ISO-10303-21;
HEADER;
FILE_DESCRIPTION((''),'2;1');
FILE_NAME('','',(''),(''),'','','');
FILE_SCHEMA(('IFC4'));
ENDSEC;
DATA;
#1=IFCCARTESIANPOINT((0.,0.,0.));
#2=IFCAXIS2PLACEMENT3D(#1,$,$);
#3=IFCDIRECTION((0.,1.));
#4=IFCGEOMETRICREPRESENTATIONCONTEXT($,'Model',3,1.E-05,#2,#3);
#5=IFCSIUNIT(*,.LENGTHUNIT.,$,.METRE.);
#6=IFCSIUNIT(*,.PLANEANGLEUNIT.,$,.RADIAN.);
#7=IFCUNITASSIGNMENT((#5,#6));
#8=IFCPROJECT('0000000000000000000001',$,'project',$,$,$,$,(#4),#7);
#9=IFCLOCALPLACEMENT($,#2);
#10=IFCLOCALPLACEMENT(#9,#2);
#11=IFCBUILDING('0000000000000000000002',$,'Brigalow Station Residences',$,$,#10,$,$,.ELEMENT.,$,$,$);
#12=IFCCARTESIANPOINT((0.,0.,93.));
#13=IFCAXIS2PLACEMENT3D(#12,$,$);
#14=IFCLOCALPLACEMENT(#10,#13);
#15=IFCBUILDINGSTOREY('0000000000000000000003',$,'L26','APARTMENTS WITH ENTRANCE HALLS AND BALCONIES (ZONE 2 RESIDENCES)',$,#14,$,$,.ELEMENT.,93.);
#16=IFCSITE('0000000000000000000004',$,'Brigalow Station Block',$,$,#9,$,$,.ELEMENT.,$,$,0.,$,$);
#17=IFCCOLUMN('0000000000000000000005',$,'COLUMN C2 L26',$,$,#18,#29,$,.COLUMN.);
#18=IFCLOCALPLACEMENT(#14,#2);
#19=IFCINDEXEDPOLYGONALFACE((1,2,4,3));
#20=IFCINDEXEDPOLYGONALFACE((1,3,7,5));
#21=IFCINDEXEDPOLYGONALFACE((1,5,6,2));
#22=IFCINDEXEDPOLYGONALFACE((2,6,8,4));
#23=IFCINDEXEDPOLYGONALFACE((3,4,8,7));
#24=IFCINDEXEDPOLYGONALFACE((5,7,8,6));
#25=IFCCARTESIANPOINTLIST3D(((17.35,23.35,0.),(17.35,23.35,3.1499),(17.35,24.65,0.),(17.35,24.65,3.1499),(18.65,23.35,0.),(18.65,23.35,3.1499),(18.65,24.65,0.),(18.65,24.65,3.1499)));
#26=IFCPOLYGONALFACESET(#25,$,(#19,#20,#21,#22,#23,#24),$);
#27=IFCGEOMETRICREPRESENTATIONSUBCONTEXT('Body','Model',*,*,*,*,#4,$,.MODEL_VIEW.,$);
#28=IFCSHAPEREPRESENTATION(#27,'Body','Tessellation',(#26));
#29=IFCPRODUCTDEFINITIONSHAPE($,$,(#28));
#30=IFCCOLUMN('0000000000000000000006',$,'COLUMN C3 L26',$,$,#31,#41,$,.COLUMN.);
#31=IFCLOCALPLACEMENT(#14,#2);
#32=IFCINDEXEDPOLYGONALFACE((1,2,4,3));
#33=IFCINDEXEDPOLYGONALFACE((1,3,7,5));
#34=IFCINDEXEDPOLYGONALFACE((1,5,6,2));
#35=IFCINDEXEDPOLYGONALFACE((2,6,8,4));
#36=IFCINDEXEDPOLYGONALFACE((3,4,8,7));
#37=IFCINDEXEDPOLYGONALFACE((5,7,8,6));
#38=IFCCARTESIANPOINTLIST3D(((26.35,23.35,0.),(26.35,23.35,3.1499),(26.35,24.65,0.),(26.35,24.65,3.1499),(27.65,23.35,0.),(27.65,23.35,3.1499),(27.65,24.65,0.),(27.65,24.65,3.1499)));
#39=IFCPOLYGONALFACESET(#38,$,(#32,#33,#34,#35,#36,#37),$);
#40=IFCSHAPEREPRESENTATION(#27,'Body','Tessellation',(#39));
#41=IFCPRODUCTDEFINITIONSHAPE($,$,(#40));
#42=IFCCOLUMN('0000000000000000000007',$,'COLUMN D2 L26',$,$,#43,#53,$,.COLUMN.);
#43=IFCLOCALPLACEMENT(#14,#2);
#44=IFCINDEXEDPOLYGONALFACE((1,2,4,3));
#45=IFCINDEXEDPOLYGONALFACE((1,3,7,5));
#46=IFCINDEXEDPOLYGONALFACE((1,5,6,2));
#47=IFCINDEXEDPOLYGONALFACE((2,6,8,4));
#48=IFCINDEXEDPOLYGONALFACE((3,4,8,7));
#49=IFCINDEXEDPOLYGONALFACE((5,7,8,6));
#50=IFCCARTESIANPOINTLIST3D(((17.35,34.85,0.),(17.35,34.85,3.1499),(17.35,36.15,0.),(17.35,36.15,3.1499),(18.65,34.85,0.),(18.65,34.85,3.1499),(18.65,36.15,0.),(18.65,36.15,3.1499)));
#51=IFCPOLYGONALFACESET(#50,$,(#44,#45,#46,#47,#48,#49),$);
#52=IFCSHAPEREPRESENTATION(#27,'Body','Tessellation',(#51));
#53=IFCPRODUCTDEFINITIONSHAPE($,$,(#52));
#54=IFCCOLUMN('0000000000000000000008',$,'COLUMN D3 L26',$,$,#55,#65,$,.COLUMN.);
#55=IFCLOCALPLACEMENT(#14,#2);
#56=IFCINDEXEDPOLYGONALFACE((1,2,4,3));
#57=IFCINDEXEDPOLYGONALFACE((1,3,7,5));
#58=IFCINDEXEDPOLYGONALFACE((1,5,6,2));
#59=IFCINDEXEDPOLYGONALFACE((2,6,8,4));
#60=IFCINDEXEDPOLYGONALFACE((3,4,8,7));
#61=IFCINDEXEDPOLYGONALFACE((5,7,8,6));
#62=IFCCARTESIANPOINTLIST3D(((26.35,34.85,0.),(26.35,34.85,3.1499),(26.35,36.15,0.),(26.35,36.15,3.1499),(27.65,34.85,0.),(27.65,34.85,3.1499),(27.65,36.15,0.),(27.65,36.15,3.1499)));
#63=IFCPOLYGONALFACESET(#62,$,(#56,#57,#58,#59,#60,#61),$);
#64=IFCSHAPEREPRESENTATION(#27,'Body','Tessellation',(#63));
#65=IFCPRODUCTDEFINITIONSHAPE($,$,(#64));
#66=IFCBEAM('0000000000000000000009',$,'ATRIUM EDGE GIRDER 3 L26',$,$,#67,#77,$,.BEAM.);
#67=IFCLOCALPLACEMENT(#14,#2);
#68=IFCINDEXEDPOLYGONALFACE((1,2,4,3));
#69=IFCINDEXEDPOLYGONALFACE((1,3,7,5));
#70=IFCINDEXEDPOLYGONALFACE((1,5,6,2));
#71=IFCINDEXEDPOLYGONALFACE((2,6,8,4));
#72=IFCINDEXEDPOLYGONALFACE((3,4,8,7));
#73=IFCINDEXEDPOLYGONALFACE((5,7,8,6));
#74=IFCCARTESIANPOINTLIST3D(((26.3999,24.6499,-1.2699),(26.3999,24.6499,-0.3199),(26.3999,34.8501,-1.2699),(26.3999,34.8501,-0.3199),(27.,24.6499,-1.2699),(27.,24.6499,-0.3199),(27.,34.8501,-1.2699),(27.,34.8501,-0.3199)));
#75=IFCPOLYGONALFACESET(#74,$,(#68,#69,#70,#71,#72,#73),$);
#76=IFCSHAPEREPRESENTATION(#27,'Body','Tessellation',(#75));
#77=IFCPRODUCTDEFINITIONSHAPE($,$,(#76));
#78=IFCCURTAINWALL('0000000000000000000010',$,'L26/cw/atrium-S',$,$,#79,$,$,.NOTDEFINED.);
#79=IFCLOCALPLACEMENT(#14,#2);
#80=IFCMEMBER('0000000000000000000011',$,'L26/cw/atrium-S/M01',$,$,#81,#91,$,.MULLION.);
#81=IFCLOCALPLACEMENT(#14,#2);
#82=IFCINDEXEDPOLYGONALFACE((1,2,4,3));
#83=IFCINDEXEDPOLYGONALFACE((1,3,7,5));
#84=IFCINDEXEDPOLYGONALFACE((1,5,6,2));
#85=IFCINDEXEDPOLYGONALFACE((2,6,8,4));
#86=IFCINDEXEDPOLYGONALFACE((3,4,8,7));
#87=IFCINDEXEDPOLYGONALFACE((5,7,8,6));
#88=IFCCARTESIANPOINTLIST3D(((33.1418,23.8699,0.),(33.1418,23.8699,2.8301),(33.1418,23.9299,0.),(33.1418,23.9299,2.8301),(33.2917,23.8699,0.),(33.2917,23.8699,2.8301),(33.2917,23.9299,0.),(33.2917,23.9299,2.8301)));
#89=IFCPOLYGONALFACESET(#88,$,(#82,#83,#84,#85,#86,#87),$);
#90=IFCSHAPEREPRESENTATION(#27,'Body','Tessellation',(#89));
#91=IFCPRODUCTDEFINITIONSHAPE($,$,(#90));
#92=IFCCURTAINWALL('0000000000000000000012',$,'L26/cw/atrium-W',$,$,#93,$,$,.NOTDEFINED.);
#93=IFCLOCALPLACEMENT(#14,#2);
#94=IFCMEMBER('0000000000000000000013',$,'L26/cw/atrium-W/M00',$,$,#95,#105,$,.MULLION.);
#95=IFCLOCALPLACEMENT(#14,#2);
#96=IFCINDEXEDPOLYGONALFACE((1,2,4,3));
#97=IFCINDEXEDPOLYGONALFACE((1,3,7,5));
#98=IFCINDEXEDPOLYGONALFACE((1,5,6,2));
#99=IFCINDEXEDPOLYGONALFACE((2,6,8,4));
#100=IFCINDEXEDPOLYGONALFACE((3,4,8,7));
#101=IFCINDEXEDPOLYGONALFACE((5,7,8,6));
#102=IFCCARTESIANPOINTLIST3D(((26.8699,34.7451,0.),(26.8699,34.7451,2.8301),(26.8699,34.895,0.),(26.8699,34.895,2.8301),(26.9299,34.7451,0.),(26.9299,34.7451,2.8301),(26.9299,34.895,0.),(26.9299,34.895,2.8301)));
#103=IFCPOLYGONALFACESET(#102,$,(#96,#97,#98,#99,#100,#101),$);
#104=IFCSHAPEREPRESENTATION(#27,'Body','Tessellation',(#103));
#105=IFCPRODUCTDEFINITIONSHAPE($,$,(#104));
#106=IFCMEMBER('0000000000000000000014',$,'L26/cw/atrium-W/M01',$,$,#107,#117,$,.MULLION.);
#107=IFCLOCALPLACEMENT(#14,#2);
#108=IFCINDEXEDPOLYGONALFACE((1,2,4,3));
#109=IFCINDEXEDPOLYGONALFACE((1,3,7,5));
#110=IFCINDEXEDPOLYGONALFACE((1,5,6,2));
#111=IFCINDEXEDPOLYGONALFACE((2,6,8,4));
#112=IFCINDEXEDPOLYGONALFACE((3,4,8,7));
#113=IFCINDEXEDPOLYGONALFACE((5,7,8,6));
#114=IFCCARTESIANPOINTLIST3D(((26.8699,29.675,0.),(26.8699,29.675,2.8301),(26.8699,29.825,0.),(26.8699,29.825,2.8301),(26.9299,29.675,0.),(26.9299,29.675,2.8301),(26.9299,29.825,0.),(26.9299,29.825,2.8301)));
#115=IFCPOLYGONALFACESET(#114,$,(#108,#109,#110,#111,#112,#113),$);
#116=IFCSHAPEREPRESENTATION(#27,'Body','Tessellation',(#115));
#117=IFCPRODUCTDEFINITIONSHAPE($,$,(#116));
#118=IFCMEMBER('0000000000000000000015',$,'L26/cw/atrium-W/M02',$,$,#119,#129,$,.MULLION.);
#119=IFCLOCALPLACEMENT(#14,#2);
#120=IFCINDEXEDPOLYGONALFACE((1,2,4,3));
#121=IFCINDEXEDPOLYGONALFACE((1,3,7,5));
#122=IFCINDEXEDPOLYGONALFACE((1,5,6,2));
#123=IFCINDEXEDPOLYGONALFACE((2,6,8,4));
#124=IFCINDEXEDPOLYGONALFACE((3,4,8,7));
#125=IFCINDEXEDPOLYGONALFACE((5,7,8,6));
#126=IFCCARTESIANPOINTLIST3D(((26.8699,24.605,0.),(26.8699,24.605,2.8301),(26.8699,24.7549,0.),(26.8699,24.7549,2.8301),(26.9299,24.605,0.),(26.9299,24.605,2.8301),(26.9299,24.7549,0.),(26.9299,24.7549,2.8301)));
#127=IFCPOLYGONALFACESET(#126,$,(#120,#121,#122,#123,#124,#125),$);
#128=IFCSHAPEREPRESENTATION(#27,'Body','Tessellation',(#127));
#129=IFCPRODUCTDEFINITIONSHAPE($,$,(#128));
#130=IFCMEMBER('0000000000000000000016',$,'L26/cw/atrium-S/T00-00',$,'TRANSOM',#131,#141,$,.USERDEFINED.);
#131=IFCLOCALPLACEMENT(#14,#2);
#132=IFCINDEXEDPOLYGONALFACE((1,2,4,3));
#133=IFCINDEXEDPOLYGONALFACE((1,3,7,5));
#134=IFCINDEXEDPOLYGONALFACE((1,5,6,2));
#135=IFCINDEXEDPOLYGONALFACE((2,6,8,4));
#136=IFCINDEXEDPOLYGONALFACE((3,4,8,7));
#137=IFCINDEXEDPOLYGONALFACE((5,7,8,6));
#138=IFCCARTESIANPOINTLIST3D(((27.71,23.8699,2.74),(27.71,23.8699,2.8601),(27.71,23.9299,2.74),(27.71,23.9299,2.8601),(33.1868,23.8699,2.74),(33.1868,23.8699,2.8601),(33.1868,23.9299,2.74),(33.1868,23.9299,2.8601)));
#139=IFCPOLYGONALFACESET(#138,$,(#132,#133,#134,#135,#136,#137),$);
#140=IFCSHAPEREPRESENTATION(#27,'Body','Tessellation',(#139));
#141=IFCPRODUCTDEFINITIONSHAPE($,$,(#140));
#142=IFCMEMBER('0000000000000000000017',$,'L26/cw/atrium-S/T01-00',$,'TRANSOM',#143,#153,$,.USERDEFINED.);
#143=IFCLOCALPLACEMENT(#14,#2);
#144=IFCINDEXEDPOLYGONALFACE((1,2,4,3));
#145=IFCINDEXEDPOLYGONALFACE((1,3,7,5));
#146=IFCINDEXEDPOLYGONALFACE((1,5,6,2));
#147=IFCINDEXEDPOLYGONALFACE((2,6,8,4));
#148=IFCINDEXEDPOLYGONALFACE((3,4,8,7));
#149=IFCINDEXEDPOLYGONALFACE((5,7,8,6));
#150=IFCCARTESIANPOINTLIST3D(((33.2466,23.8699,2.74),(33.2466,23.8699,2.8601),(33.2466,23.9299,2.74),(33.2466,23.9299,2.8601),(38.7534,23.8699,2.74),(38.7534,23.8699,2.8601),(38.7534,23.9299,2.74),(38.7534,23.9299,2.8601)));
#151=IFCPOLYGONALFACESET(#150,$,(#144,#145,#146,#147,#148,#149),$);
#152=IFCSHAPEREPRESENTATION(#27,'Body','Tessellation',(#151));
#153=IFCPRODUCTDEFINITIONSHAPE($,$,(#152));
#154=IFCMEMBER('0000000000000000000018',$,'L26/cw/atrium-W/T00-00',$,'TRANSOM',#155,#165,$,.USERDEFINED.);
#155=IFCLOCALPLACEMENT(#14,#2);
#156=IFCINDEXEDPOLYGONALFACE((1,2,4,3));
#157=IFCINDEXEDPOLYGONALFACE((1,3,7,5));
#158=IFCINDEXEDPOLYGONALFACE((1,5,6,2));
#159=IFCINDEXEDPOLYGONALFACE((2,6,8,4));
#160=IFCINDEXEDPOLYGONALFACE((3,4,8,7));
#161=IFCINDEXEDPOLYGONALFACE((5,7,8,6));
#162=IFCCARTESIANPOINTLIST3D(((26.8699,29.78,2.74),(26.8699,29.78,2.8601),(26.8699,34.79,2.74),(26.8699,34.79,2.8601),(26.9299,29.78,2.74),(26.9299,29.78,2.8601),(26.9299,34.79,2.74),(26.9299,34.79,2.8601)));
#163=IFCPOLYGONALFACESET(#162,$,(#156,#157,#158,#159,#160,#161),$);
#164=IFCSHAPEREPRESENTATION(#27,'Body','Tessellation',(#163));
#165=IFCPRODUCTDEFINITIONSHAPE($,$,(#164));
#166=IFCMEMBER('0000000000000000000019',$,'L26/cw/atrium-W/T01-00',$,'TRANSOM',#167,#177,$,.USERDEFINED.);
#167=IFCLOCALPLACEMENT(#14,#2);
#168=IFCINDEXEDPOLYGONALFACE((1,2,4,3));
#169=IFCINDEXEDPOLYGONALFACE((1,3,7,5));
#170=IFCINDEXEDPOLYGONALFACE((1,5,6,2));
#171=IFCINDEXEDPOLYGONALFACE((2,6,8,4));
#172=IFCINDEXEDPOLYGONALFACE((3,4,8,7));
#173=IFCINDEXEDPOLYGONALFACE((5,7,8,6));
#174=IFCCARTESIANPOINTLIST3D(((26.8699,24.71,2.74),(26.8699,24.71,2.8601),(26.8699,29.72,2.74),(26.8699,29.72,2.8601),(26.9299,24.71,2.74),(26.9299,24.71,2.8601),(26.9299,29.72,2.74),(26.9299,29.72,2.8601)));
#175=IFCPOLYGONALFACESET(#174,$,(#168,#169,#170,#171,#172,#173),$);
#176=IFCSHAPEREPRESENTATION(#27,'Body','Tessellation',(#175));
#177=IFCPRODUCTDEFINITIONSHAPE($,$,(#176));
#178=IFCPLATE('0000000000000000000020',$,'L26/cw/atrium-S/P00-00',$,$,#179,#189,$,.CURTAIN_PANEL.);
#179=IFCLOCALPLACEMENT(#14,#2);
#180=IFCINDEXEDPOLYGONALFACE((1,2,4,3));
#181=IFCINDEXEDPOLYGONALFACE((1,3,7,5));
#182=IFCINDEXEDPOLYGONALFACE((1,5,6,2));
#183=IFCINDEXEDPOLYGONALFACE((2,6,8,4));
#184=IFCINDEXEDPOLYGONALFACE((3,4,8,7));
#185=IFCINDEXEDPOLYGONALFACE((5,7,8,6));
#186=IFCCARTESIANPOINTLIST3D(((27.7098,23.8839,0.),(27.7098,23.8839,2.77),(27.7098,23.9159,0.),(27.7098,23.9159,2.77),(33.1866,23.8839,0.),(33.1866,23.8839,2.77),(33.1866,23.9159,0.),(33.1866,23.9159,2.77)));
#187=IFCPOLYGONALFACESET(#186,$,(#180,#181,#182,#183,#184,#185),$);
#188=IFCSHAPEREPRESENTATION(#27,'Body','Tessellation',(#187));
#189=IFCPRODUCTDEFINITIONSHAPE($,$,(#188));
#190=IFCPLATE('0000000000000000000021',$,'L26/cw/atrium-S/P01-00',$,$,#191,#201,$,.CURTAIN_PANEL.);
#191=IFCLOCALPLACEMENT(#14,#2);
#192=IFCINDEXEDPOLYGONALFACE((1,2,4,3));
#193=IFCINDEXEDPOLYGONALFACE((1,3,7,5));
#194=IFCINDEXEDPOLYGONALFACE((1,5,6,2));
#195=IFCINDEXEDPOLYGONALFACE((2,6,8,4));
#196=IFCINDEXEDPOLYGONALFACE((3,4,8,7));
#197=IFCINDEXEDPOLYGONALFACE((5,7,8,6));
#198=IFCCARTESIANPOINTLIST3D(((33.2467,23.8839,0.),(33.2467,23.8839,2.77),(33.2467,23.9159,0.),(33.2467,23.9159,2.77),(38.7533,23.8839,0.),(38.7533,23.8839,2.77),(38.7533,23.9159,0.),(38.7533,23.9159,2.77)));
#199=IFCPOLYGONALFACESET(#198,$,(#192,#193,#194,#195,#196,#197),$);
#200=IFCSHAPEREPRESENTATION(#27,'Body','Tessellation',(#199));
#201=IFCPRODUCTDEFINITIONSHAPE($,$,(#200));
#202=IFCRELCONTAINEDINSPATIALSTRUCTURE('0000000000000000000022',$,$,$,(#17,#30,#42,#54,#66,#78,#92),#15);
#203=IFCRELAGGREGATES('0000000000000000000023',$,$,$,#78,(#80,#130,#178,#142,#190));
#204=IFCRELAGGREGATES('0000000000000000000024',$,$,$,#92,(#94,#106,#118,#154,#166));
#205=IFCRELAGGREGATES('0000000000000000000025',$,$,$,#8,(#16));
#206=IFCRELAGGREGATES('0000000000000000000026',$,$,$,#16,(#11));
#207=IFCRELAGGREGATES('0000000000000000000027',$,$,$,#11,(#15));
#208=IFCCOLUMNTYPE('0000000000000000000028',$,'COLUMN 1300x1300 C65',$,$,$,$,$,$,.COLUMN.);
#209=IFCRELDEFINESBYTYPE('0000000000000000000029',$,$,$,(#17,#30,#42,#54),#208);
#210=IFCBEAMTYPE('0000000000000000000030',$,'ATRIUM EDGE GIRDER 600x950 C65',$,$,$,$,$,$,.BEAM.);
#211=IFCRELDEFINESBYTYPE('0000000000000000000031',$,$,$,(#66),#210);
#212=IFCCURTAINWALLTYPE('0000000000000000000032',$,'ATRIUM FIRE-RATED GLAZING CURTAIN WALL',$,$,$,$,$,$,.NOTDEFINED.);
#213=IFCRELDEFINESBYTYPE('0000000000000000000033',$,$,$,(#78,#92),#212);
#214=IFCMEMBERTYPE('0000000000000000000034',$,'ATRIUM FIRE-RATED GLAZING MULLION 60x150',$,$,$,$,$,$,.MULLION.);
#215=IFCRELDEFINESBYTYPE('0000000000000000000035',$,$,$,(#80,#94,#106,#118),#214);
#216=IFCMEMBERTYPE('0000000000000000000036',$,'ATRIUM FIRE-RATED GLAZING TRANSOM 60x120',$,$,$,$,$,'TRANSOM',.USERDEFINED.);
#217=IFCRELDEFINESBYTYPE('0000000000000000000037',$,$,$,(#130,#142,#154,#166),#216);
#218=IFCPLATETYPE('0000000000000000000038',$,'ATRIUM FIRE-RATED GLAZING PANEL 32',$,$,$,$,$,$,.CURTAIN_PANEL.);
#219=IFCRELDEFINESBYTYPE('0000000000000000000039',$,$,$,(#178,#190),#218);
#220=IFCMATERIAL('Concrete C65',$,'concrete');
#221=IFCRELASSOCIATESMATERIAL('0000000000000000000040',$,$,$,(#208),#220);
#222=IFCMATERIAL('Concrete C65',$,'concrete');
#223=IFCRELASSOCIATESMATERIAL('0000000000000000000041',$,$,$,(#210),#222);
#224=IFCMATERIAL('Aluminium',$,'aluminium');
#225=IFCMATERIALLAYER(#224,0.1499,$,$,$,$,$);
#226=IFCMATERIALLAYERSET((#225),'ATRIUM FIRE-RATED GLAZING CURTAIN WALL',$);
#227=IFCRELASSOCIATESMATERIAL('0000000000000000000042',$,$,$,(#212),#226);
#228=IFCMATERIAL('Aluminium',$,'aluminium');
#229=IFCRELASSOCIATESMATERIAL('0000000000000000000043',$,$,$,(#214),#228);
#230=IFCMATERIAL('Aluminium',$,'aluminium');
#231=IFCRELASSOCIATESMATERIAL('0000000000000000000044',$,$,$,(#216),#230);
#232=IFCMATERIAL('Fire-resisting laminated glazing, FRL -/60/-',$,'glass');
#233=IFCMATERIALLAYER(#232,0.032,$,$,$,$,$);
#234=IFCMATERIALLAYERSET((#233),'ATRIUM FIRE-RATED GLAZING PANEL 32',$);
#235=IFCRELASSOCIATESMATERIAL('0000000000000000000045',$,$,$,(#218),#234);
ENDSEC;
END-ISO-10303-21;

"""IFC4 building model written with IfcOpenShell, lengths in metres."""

from ifc_helpers import new_model, si_unit, direction, frame, origin, origin_2d, place, context, subcontext, project, spatial, rectangle, extrude, material, layer, layer_set, material_profile, profile_set, type_object, element, aggregate, save


model = new_model("IFC4")

# Units and contexts
model_context = context("Model", 3, precision=1e-05, world=origin(), true_north=direction((0.0, 1.0)))
body_context = subcontext(model_context, "Body", "Model", "MODEL_VIEW")
ifc_project = project(units=[si_unit("LENGTHUNIT", "METRE"), si_unit("PLANEANGLEUNIT", "RADIAN")], contexts=[model_context])

# Site, building, storey
site_placement = place(None, origin())
site = spatial("IfcSite", under=ifc_project, at=site_placement, Name="Brigalow Station Block", CompositionType="ELEMENT", RefElevation=0.0)
building_placement = place(site_placement, origin())
building = spatial("IfcBuilding", under=site, at=building_placement, Name="Brigalow Station Residences", CompositionType="ELEMENT")
storey_placement = place(building_placement, frame((0.0, 0.0, 93.0)))
storey = spatial("IfcBuildingStorey", under=building, at=storey_placement, Name="L26", Description="APARTMENTS WITH ENTRANCE HALLS AND BALCONIES (ZONE 2 RESIDENCES)", CompositionType="ELEMENT", Elevation=93.0)

# Columns
ifc_material_1 = material(Name="Concrete C65", Category="concrete")
ifc_material_profile_1 = material_profile(ifc_material_1, rectangle(XDim=1.3, YDim=1.3, at=origin_2d()), Name="RC1300x1300")
ifc_profile_set_1 = profile_set([ifc_material_profile_1], Name="Concrete C65")
column_type = type_object("IfcColumnType", Name="COLUMN 1300x1300 C65", PredefinedType="COLUMN", material=ifc_profile_set_1)
for number, where, z_axis, x_axis, name in (
    (1, (18.0, 24.0, 0.0), (0.0, 0.0, 1.0), (1.0, 0.0, 0.0), "COLUMN C2 L26"),
    (2, (27.0, 24.0, 0.0), (0.0, 0.0, 1.0), (1.0, 0.0, 0.0), "COLUMN C3 L26"),
    (3, (18.0, 35.5, 0.0), (0.0, 0.0, 1.0), (1.0, 0.0, 0.0), "COLUMN D2 L26"),
    (4, (27.0, 35.5, 0.0), (0.0, 0.0, 1.0), (1.0, 0.0, 0.0), "COLUMN D3 L26"),
):
    element("IfcColumn", number, at=place(storey_placement, frame(where, z_axis=z_axis, x_axis=x_axis)), inside=storey, type_object=column_type, Name=name, PredefinedType="COLUMN", context=body_context, shape_type="SweptSolid", body=[
        extrude(rectangle(XDim=1.3, YDim=1.3, at=origin_2d()), origin(), (0.0, 0.0, 1.0), 3.1499),
    ])

# Beam
ifc_material_2 = material(Name="Concrete C65", Category="concrete")
ifc_material_profile_2 = material_profile(ifc_material_2, rectangle(XDim=0.6001, YDim=0.95, at=origin_2d()), Name="RC600x950")
ifc_profile_set_2 = profile_set([ifc_material_profile_2], Name="Concrete C65")
beam_type = type_object("IfcBeamType", Name="ATRIUM EDGE GIRDER 600x950 C65", PredefinedType="BEAM", material=ifc_profile_set_2)
beam_placement = place(storey_placement, frame((26.7, 24.6499, -0.7949), z_axis=(0.0, 1.0, 0.0), x_axis=(-1.0, 0.0, 0.0)))
element("IfcBeam", 5, at=beam_placement, inside=storey, type_object=beam_type, Name="ATRIUM EDGE GIRDER 3 L26", PredefinedType="BEAM", context=body_context, shape_type="SweptSolid", body=[
    extrude(rectangle(XDim=0.6001, YDim=0.95, at=origin_2d()), origin(), (0.0, 0.0, 1.0), 10.2002),
])

# Curtain wall, member
ifc_material_3 = material(Name="Aluminium", Category="aluminium")
ifc_layer_1 = layer(ifc_material_3, 0.1499)
ifc_layer_set_1 = layer_set([ifc_layer_1], Name="ATRIUM FIRE-RATED GLAZING CURTAIN WALL")
curtain_wall_type = type_object("IfcCurtainWallType", Name="ATRIUM FIRE-RATED GLAZING CURTAIN WALL", PredefinedType="NOTDEFINED", material=ifc_layer_set_1)
curtain_wall_1_placement = place(storey_placement, origin())
curtain_wall_1 = element("IfcCurtainWall", 6, at=curtain_wall_1_placement, inside=storey, type_object=curtain_wall_type, Name="L26/cw/atrium-S", PredefinedType="NOTDEFINED")
ifc_material_4 = material(Name="Aluminium", Category="aluminium")
ifc_material_profile_3 = material_profile(ifc_material_4, rectangle(XDim=0.0601, YDim=0.1499, at=origin_2d()), Name="ATRIUM FIRE-RATED GLAZING MULLION 60x150")
ifc_profile_set_3 = profile_set([ifc_material_profile_3], Name="Aluminium")
member_type_1 = type_object("IfcMemberType", Name="ATRIUM FIRE-RATED GLAZING MULLION 60x150", PredefinedType="MULLION", material=ifc_profile_set_3)
member_1_placement = place(storey_placement, frame((33.2168, 23.8999, 0.0), z_axis=(0.0, 0.0, 1.0), x_axis=(0.0, 1.0, 0.0)))
member_1 = element("IfcMember", 7, at=member_1_placement, type_object=member_type_1, Name="L26/cw/atrium-S/M01", PredefinedType="MULLION", context=body_context, shape_type="SweptSolid", body=[
    extrude(rectangle(XDim=0.0601, YDim=0.1499, at=origin_2d()), origin(), (0.0, 0.0, 1.0), 2.8301),
])

# Curtain wall, members
curtain_wall_2_placement = place(storey_placement, origin())
curtain_wall_2 = element("IfcCurtainWall", 8, at=curtain_wall_2_placement, inside=storey, type_object=curtain_wall_type, Name="L26/cw/atrium-W", PredefinedType="NOTDEFINED")
member_2_placement = place(storey_placement, frame((26.8999, 34.8201, 0.0), z_axis=(0.0, 0.0, 1.0), x_axis=(1.0, 0.0, 0.0)))
member_2 = element("IfcMember", 9, at=member_2_placement, type_object=member_type_1, Name="L26/cw/atrium-W/M00", PredefinedType="MULLION", context=body_context, shape_type="SweptSolid", body=[
    extrude(rectangle(XDim=0.0601, YDim=0.1499, at=origin_2d()), origin(), (0.0, 0.0, 1.0), 2.8301),
])
member_3_placement = place(storey_placement, frame((26.8999, 29.75, 0.0), z_axis=(0.0, 0.0, 1.0), x_axis=(1.0, 0.0, 0.0)))
member_3 = element("IfcMember", 10, at=member_3_placement, type_object=member_type_1, Name="L26/cw/atrium-W/M01", PredefinedType="MULLION", context=body_context, shape_type="SweptSolid", body=[
    extrude(rectangle(XDim=0.0601, YDim=0.1499, at=origin_2d()), origin(), (0.0, 0.0, 1.0), 2.8301),
])
member_4_placement = place(storey_placement, frame((26.8999, 24.6799, 0.0), z_axis=(0.0, 0.0, 1.0), x_axis=(1.0, 0.0, 0.0)))
member_4 = element("IfcMember", 11, at=member_4_placement, type_object=member_type_1, Name="L26/cw/atrium-W/M02", PredefinedType="MULLION", context=body_context, shape_type="SweptSolid", body=[
    extrude(rectangle(XDim=0.0601, YDim=0.1499, at=origin_2d()), origin(), (0.0, 0.0, 1.0), 2.8301),
])

# Members
ifc_material_5 = material(Name="Aluminium", Category="aluminium")
ifc_material_profile_4 = material_profile(ifc_material_5, rectangle(XDim=0.0601, YDim=0.1201, at=origin_2d()), Name="ATRIUM FIRE-RATED GLAZING TRANSOM 60x120")
ifc_profile_set_4 = profile_set([ifc_material_profile_4], Name="Aluminium")
member_type_2 = type_object("IfcMemberType", Name="ATRIUM FIRE-RATED GLAZING TRANSOM 60x120", ElementType="TRANSOM", PredefinedType="USERDEFINED", material=ifc_profile_set_4)
member_5_placement = place(storey_placement, frame((27.71, 23.8999, 2.8), z_axis=(1.0, 0.0, 0.0), x_axis=(0.0, 1.0, 0.0)))
member_5 = element("IfcMember", 12, at=member_5_placement, type_object=member_type_2, Name="L26/cw/atrium-S/T00-00", ObjectType="TRANSOM", PredefinedType="USERDEFINED", context=body_context, shape_type="SweptSolid", body=[
    extrude(rectangle(XDim=0.0601, YDim=0.1201, at=origin_2d()), origin(), (0.0, 0.0, 1.0), 5.4768),
])
member_6_placement = place(storey_placement, frame((33.2466, 23.8999, 2.8), z_axis=(1.0, 0.0, 0.0), x_axis=(0.0, 1.0, 0.0)))
member_6 = element("IfcMember", 13, at=member_6_placement, type_object=member_type_2, Name="L26/cw/atrium-S/T01-00", ObjectType="TRANSOM", PredefinedType="USERDEFINED", context=body_context, shape_type="SweptSolid", body=[
    extrude(rectangle(XDim=0.0601, YDim=0.1201, at=origin_2d()), origin(), (0.0, 0.0, 1.0), 5.5068),
])
member_7_placement = place(storey_placement, frame((26.8999, 34.79, 2.8), z_axis=(0.0, -1.0, 0.0), x_axis=(1.0, 0.0, 0.0)))
member_7 = element("IfcMember", 14, at=member_7_placement, type_object=member_type_2, Name="L26/cw/atrium-W/T00-00", ObjectType="TRANSOM", PredefinedType="USERDEFINED", context=body_context, shape_type="SweptSolid", body=[
    extrude(rectangle(XDim=0.0601, YDim=0.1201, at=origin_2d()), origin(), (0.0, 0.0, 1.0), 5.01),
])
member_8_placement = place(storey_placement, frame((26.8999, 29.72, 2.8), z_axis=(0.0, -1.0, 0.0), x_axis=(1.0, 0.0, 0.0)))
member_8 = element("IfcMember", 15, at=member_8_placement, type_object=member_type_2, Name="L26/cw/atrium-W/T01-00", ObjectType="TRANSOM", PredefinedType="USERDEFINED", context=body_context, shape_type="SweptSolid", body=[
    extrude(rectangle(XDim=0.0601, YDim=0.1201, at=origin_2d()), origin(), (0.0, 0.0, 1.0), 5.01),
])

# Plates
ifc_material_6 = material(Name="Fire-resisting laminated glazing, FRL -/60/-", Category="glass")
ifc_layer_2 = layer(ifc_material_6, 0.032)
ifc_layer_set_2 = layer_set([ifc_layer_2], Name="ATRIUM FIRE-RATED GLAZING PANEL 32")
plate_type = type_object("IfcPlateType", Name="ATRIUM FIRE-RATED GLAZING PANEL 32", PredefinedType="CURTAIN_PANEL", material=ifc_layer_set_2)
plate_1_placement = place(storey_placement, frame((30.4482, 23.8999, 0.0), z_axis=(0.0, 0.0, 1.0), x_axis=(1.0, 0.0, 0.0)))
plate_1 = element("IfcPlate", 16, at=plate_1_placement, type_object=plate_type, Name="L26/cw/atrium-S/P00-00", PredefinedType="CURTAIN_PANEL", context=body_context, shape_type="SweptSolid", body=[
    extrude(rectangle(XDim=5.4768, YDim=0.032, at=origin_2d()), origin(), (0.0, 0.0, 1.0), 2.77),
])
plate_2_placement = place(storey_placement, frame((36.0, 23.8999, 0.0), z_axis=(0.0, 0.0, 1.0), x_axis=(1.0, 0.0, 0.0)))
plate_2 = element("IfcPlate", 17, at=plate_2_placement, type_object=plate_type, Name="L26/cw/atrium-S/P01-00", PredefinedType="CURTAIN_PANEL", context=body_context, shape_type="SweptSolid", body=[
    extrude(rectangle(XDim=5.5066, YDim=0.032, at=origin_2d()), origin(), (0.0, 0.0, 1.0), 2.77),
])
aggregate(curtain_wall_1, [member_1, member_5, plate_1, member_6, plate_2])
aggregate(curtain_wall_2, [member_2, member_3, member_4, member_7, member_8])

save(model, "model.ifc")
